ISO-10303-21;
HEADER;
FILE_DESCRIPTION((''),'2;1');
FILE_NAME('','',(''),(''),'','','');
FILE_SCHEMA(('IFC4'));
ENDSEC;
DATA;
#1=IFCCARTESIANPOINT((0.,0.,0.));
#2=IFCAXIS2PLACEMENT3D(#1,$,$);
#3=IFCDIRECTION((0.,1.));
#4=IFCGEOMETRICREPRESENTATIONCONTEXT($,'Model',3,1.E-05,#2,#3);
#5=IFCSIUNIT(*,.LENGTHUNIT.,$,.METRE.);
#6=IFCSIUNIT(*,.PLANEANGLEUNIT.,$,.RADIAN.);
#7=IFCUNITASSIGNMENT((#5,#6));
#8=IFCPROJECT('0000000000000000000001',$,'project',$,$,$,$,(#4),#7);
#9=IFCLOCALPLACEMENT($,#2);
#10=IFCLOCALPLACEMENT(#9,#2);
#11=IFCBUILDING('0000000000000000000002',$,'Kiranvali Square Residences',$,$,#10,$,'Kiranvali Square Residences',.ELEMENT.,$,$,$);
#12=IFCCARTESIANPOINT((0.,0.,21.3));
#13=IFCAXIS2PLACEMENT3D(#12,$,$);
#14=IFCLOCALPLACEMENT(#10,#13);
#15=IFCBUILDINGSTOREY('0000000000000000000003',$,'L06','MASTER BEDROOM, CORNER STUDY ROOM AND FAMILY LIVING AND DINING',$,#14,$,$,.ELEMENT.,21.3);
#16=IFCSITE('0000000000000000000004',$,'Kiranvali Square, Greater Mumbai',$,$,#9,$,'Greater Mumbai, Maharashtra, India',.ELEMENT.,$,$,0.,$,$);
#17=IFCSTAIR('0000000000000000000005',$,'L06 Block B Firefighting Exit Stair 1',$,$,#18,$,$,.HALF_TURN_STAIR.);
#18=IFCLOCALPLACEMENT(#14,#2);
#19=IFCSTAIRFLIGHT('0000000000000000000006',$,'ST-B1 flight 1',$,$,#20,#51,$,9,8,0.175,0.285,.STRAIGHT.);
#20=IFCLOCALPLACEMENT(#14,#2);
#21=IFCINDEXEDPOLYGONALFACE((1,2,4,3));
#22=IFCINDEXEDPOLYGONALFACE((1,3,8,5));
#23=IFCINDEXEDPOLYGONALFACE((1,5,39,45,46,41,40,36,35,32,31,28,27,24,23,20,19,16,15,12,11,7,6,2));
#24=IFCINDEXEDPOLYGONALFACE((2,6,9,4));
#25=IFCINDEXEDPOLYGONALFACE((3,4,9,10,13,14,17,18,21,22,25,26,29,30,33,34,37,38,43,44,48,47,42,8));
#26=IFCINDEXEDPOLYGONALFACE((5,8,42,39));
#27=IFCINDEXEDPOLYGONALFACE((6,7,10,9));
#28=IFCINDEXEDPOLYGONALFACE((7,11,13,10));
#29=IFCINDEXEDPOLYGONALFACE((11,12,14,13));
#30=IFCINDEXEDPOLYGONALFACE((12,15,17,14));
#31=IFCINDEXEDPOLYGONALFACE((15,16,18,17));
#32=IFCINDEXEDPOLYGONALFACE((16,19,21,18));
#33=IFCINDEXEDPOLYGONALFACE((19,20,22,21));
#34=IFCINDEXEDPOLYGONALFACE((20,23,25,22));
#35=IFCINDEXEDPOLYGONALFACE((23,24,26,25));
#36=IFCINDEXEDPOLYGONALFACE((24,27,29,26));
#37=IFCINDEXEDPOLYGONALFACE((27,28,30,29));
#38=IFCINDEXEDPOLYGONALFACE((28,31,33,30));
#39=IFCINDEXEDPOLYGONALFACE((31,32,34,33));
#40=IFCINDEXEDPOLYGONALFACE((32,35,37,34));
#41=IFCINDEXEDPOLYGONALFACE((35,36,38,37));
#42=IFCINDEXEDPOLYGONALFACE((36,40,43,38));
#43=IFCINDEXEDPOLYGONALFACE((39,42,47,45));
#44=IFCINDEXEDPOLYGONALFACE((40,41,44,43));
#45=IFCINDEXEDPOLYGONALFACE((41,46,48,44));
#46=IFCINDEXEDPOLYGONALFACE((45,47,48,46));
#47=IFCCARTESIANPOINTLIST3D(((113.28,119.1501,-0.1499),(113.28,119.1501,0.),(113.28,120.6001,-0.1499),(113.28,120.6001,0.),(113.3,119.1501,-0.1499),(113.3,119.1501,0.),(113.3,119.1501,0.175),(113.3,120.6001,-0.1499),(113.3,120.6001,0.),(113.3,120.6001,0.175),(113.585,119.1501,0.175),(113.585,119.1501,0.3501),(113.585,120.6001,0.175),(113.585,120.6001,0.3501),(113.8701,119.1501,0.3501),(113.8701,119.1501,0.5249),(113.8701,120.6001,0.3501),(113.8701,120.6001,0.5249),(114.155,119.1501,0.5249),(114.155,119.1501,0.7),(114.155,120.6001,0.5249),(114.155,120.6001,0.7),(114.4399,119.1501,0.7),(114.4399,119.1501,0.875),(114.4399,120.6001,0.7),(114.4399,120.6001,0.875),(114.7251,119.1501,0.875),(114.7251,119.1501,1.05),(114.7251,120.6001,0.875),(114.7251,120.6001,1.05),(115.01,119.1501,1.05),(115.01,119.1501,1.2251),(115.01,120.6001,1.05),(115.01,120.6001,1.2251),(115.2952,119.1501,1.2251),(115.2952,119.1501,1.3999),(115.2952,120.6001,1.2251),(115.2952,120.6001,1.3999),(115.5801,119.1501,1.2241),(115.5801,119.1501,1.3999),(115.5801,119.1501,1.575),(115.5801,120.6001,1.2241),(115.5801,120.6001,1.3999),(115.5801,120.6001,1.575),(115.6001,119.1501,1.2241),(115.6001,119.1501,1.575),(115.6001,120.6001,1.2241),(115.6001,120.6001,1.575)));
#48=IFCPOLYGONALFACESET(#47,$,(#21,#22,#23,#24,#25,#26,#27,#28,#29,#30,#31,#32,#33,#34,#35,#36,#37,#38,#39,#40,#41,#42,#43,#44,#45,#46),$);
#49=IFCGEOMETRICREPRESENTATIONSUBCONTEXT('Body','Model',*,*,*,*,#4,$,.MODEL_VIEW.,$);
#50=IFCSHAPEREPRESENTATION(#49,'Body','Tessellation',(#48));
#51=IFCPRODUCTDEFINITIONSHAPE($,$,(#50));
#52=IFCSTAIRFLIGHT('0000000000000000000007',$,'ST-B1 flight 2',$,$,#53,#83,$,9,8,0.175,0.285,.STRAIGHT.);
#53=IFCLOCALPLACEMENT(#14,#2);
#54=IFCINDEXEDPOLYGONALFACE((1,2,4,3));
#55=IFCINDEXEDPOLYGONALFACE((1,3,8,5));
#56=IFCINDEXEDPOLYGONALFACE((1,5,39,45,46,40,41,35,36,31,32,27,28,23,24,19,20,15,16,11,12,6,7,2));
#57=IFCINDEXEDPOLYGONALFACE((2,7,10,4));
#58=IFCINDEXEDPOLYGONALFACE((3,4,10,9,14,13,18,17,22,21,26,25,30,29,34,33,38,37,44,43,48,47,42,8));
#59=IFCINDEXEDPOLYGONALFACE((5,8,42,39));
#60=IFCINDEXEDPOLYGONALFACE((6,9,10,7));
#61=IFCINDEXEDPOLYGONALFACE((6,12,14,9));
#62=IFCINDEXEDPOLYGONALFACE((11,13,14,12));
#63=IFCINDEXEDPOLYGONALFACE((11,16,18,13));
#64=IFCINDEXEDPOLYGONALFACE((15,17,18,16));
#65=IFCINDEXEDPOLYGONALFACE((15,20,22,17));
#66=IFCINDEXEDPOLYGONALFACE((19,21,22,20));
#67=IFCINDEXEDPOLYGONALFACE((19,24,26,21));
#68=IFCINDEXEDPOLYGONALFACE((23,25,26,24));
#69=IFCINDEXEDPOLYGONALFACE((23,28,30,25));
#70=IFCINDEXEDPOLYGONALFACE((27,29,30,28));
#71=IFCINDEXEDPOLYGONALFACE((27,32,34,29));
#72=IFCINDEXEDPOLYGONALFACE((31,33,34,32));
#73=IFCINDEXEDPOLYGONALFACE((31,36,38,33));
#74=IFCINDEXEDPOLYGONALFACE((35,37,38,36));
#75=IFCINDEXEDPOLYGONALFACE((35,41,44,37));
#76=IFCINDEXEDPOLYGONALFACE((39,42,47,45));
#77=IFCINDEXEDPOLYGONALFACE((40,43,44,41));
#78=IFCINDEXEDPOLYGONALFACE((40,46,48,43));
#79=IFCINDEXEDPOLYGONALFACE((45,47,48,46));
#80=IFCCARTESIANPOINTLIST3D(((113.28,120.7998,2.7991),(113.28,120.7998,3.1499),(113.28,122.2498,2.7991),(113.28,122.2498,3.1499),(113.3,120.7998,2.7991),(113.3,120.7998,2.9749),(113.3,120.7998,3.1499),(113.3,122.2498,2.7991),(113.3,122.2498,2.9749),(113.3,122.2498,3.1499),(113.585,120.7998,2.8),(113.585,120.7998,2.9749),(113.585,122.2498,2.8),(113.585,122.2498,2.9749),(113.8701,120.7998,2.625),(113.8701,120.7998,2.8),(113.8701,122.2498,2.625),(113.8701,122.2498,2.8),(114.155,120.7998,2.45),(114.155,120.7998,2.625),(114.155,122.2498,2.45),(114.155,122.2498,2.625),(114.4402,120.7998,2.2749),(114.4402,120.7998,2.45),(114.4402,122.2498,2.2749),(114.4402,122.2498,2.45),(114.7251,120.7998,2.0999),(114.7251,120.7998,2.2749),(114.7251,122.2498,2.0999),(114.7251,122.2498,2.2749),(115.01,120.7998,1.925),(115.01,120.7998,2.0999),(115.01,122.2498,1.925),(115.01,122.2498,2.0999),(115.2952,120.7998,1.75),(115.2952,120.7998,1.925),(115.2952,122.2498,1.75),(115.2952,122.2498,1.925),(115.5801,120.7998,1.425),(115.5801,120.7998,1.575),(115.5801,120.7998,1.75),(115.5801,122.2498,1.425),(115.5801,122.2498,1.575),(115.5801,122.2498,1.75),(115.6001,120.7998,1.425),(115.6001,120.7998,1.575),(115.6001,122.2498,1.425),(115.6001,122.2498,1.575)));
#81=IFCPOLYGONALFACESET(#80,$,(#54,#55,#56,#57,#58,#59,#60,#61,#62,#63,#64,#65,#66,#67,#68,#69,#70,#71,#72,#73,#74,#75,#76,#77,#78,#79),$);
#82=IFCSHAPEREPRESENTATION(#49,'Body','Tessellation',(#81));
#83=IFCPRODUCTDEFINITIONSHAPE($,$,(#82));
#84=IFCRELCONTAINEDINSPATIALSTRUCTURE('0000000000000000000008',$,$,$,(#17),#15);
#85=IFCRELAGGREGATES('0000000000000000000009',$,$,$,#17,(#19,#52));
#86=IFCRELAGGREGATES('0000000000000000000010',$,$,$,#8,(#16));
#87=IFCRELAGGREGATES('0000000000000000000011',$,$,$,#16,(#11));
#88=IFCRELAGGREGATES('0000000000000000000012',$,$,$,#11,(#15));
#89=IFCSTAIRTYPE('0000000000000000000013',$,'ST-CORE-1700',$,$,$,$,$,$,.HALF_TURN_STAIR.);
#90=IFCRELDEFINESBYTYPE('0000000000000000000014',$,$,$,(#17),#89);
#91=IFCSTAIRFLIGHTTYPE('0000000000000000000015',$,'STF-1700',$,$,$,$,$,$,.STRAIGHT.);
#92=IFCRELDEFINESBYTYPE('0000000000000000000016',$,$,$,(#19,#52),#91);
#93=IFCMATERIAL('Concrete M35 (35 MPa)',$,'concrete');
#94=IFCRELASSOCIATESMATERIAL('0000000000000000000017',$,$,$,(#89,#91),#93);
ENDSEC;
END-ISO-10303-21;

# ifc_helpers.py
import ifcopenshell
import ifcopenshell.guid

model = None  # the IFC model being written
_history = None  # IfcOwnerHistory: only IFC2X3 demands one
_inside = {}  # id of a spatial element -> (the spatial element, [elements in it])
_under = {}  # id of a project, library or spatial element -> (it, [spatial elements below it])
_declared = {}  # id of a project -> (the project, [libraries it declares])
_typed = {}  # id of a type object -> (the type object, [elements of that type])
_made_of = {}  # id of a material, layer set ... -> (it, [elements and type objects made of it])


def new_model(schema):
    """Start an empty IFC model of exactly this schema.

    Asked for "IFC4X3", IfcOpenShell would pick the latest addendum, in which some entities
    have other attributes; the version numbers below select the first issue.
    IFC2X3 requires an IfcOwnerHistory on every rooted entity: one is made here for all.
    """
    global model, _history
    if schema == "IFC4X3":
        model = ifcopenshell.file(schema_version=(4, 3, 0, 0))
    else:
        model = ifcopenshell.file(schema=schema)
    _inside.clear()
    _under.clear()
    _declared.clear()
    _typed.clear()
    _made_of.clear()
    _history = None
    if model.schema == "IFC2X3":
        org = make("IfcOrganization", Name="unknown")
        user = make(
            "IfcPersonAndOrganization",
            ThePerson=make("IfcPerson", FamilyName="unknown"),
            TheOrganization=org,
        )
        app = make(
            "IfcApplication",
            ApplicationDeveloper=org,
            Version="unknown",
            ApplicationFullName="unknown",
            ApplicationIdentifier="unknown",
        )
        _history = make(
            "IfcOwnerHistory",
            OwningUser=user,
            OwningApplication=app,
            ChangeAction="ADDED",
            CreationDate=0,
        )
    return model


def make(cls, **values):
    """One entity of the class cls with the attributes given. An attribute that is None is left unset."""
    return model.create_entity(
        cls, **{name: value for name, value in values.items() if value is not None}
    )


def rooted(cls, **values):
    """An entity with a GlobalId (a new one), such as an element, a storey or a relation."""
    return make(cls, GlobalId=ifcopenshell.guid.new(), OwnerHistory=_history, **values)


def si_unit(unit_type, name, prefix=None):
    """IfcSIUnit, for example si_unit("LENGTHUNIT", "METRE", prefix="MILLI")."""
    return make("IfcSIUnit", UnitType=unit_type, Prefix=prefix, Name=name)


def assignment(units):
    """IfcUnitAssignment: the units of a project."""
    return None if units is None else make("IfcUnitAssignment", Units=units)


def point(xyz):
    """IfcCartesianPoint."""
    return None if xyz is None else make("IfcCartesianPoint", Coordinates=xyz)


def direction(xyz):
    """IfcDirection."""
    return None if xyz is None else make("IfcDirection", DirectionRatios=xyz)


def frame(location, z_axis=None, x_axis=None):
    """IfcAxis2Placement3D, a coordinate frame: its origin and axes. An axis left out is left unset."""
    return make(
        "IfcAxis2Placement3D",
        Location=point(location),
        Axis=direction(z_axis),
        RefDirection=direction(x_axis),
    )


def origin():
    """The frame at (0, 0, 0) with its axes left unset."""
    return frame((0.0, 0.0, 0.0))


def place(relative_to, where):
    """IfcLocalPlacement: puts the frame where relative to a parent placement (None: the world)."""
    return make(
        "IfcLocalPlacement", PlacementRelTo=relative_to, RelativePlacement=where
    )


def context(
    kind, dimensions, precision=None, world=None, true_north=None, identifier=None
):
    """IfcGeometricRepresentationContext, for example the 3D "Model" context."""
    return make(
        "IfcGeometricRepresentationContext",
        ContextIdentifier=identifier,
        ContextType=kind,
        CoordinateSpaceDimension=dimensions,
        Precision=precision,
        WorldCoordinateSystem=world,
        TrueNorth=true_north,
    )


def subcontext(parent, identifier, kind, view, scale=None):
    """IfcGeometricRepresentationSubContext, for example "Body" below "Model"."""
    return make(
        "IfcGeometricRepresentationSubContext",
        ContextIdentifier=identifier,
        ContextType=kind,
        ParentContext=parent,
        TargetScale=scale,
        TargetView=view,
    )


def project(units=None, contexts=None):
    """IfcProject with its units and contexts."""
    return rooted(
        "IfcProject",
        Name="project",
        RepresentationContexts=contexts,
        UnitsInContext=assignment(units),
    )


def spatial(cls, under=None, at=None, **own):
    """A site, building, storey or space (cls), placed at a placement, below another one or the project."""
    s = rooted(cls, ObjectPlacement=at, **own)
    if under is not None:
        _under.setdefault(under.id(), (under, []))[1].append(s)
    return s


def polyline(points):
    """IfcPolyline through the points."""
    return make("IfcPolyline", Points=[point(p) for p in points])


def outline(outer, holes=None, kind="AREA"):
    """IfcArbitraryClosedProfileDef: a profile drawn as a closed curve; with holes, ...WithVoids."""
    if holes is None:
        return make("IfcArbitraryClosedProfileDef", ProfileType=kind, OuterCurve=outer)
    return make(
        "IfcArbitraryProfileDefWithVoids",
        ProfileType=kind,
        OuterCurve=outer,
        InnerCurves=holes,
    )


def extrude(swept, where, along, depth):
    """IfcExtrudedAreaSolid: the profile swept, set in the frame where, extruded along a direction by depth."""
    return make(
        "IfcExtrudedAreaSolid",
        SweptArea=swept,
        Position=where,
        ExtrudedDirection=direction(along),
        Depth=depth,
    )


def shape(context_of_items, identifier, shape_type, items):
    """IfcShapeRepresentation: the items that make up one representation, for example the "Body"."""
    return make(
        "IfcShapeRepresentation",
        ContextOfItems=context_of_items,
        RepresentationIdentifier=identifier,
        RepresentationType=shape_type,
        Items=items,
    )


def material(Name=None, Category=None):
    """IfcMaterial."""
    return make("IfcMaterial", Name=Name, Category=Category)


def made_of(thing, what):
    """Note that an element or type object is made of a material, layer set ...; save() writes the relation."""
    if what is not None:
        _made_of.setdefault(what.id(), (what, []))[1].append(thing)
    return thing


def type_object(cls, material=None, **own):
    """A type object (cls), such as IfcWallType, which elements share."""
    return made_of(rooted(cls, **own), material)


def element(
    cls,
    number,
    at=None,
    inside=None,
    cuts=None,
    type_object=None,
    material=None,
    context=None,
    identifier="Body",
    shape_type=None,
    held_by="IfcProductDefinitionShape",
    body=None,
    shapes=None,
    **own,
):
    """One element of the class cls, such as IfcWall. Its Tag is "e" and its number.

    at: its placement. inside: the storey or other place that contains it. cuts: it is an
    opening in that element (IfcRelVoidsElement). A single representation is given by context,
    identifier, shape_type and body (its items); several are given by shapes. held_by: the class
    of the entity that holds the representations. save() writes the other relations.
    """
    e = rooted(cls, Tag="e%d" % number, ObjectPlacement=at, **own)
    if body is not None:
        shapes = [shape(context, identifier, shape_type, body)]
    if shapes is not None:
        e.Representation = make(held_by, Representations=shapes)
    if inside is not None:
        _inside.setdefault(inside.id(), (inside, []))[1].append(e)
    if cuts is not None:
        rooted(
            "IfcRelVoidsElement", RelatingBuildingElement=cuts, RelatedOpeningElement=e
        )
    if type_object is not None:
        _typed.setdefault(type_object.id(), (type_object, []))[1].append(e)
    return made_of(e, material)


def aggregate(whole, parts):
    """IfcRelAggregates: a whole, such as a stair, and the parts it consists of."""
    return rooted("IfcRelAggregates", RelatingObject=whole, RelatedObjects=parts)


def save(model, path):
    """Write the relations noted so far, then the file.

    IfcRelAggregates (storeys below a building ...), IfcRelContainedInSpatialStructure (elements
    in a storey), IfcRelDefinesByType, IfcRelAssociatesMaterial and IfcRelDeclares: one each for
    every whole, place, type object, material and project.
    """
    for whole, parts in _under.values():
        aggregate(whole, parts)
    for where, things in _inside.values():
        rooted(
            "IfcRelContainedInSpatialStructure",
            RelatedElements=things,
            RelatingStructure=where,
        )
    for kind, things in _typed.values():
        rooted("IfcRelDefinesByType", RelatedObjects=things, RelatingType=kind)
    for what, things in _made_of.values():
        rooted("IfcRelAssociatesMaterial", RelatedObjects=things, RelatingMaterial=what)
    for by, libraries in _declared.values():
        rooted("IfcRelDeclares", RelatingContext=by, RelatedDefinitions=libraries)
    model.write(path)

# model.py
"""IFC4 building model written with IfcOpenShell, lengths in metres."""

from ifc_helpers import new_model, si_unit, direction, frame, origin, place, context, subcontext, project, spatial, polyline, outline, extrude, material, type_object, element, aggregate, save


model = new_model("IFC4")

# Units and contexts
model_context = context("Model", 3, precision=1e-05, world=origin(), true_north=direction((0.0, 1.0)))
body_context = subcontext(model_context, "Body", "Model", "MODEL_VIEW")
ifc_project = project(units=[si_unit("LENGTHUNIT", "METRE"), si_unit("PLANEANGLEUNIT", "RADIAN")], contexts=[model_context])

# Site, building, storey
site_placement = place(None, origin())
site = spatial("IfcSite", under=ifc_project, at=site_placement, Name="Kiranvali Square, Greater Mumbai", LongName="Greater Mumbai, Maharashtra, India", CompositionType="ELEMENT", RefElevation=0.0)
building_placement = place(site_placement, origin())
building = spatial("IfcBuilding", under=site, at=building_placement, Name="Kiranvali Square Residences", LongName="Kiranvali Square Residences", CompositionType="ELEMENT")
storey_placement = place(building_placement, frame((0.0, 0.0, 21.3)))
storey = spatial("IfcBuildingStorey", under=building, at=storey_placement, Name="L06", Description="MASTER BEDROOM, CORNER STUDY ROOM AND FAMILY LIVING AND DINING", CompositionType="ELEMENT", Elevation=21.3)

# Stair, stair flights
ifc_material_1 = material(Name="Concrete M35 (35 MPa)", Category="concrete")
stair_type = type_object("IfcStairType", Name="ST-CORE-1700", PredefinedType="HALF_TURN_STAIR", material=ifc_material_1)
stair_placement = place(storey_placement, origin())
stair = element("IfcStair", 1, at=stair_placement, inside=storey, type_object=stair_type, Name="L06 Block B Firefighting Exit Stair 1", PredefinedType="HALF_TURN_STAIR")
stair_flight_type = type_object("IfcStairFlightType", Name="STF-1700", PredefinedType="STRAIGHT", material=ifc_material_1)
stair_flight_1_placement = place(storey_placement, frame((113.3, 119.875, 0.0), z_axis=(0.0, 0.0, 1.0), x_axis=(1.0, 0.0, 0.0)))
stair_flight_1 = element("IfcStairFlight", 2, at=stair_flight_1_placement, type_object=stair_flight_type, Name="ST-B1 flight 1", NumberOfRisers=9, NumberOfTreads=8, PredefinedType="STRAIGHT", RiserHeight=0.175, TreadLength=0.285, context=body_context, shape_type="SweptSolid", body=[
    extrude(outline(polyline([(-0.02, -0.1499), (-0.02, 0.0), (0.0, 0.0), (0.0, 0.175), (0.2849, 0.175), (0.2849, 0.3501), (0.5701, 0.3501), (0.5701, 0.5249), (0.855, 0.5249), (0.855, 0.7), (1.1399, 0.7), (1.1399, 0.875), (1.425, 0.875), (1.425, 1.05), (1.71, 1.05), (1.71, 1.2251), (1.9951, 1.2251), (1.9951, 1.3999), (2.28, 1.3999), (2.28, 1.575), (2.3, 1.575), (2.3, 1.2241), (2.28, 1.2241), (0.0, -0.1499), (-0.02, -0.1499)])), frame((0.0, 0.7251, 0.0), z_axis=(0.0, -1.0, 0.0), x_axis=(1.0, 0.0, 0.0)), (0.0, 0.0, 1.0), 1.45),
])
stair_flight_2_placement = place(storey_placement, frame((115.5801, 121.5249, 1.575), z_axis=(0.0, 0.0, 1.0), x_axis=(-1.0, 0.0, 0.0)))
stair_flight_2 = element("IfcStairFlight", 3, at=stair_flight_2_placement, type_object=stair_flight_type, Name="ST-B1 flight 2", NumberOfRisers=9, NumberOfTreads=8, PredefinedType="STRAIGHT", RiserHeight=0.175, TreadLength=0.285, context=body_context, shape_type="SweptSolid", body=[
    extrude(outline(polyline([(-0.02, -0.1499), (-0.02, 0.0), (0.0, 0.0), (0.0, 0.175), (0.2849, 0.175), (0.2849, 0.3501), (0.5701, 0.3501), (0.5701, 0.5249), (0.855, 0.5249), (0.855, 0.7), (1.1399, 0.7), (1.1399, 0.875), (1.425, 0.875), (1.425, 1.05), (1.71, 1.05), (1.71, 1.2251), (1.9951, 1.2251), (1.9951, 1.3999), (2.28, 1.3999), (2.28, 1.575), (2.3, 1.575), (2.3, 1.2241), (2.28, 1.2241), (0.0, -0.1499), (-0.02, -0.1499)])), frame((0.0, 0.7251, 0.0), z_axis=(0.0, -1.0, 0.0), x_axis=(1.0, 0.0, 0.0)), (0.0, 0.0, 1.0), 1.45),
])
aggregate(stair, [stair_flight_1, stair_flight_2])

save(model, "model.ifc")
